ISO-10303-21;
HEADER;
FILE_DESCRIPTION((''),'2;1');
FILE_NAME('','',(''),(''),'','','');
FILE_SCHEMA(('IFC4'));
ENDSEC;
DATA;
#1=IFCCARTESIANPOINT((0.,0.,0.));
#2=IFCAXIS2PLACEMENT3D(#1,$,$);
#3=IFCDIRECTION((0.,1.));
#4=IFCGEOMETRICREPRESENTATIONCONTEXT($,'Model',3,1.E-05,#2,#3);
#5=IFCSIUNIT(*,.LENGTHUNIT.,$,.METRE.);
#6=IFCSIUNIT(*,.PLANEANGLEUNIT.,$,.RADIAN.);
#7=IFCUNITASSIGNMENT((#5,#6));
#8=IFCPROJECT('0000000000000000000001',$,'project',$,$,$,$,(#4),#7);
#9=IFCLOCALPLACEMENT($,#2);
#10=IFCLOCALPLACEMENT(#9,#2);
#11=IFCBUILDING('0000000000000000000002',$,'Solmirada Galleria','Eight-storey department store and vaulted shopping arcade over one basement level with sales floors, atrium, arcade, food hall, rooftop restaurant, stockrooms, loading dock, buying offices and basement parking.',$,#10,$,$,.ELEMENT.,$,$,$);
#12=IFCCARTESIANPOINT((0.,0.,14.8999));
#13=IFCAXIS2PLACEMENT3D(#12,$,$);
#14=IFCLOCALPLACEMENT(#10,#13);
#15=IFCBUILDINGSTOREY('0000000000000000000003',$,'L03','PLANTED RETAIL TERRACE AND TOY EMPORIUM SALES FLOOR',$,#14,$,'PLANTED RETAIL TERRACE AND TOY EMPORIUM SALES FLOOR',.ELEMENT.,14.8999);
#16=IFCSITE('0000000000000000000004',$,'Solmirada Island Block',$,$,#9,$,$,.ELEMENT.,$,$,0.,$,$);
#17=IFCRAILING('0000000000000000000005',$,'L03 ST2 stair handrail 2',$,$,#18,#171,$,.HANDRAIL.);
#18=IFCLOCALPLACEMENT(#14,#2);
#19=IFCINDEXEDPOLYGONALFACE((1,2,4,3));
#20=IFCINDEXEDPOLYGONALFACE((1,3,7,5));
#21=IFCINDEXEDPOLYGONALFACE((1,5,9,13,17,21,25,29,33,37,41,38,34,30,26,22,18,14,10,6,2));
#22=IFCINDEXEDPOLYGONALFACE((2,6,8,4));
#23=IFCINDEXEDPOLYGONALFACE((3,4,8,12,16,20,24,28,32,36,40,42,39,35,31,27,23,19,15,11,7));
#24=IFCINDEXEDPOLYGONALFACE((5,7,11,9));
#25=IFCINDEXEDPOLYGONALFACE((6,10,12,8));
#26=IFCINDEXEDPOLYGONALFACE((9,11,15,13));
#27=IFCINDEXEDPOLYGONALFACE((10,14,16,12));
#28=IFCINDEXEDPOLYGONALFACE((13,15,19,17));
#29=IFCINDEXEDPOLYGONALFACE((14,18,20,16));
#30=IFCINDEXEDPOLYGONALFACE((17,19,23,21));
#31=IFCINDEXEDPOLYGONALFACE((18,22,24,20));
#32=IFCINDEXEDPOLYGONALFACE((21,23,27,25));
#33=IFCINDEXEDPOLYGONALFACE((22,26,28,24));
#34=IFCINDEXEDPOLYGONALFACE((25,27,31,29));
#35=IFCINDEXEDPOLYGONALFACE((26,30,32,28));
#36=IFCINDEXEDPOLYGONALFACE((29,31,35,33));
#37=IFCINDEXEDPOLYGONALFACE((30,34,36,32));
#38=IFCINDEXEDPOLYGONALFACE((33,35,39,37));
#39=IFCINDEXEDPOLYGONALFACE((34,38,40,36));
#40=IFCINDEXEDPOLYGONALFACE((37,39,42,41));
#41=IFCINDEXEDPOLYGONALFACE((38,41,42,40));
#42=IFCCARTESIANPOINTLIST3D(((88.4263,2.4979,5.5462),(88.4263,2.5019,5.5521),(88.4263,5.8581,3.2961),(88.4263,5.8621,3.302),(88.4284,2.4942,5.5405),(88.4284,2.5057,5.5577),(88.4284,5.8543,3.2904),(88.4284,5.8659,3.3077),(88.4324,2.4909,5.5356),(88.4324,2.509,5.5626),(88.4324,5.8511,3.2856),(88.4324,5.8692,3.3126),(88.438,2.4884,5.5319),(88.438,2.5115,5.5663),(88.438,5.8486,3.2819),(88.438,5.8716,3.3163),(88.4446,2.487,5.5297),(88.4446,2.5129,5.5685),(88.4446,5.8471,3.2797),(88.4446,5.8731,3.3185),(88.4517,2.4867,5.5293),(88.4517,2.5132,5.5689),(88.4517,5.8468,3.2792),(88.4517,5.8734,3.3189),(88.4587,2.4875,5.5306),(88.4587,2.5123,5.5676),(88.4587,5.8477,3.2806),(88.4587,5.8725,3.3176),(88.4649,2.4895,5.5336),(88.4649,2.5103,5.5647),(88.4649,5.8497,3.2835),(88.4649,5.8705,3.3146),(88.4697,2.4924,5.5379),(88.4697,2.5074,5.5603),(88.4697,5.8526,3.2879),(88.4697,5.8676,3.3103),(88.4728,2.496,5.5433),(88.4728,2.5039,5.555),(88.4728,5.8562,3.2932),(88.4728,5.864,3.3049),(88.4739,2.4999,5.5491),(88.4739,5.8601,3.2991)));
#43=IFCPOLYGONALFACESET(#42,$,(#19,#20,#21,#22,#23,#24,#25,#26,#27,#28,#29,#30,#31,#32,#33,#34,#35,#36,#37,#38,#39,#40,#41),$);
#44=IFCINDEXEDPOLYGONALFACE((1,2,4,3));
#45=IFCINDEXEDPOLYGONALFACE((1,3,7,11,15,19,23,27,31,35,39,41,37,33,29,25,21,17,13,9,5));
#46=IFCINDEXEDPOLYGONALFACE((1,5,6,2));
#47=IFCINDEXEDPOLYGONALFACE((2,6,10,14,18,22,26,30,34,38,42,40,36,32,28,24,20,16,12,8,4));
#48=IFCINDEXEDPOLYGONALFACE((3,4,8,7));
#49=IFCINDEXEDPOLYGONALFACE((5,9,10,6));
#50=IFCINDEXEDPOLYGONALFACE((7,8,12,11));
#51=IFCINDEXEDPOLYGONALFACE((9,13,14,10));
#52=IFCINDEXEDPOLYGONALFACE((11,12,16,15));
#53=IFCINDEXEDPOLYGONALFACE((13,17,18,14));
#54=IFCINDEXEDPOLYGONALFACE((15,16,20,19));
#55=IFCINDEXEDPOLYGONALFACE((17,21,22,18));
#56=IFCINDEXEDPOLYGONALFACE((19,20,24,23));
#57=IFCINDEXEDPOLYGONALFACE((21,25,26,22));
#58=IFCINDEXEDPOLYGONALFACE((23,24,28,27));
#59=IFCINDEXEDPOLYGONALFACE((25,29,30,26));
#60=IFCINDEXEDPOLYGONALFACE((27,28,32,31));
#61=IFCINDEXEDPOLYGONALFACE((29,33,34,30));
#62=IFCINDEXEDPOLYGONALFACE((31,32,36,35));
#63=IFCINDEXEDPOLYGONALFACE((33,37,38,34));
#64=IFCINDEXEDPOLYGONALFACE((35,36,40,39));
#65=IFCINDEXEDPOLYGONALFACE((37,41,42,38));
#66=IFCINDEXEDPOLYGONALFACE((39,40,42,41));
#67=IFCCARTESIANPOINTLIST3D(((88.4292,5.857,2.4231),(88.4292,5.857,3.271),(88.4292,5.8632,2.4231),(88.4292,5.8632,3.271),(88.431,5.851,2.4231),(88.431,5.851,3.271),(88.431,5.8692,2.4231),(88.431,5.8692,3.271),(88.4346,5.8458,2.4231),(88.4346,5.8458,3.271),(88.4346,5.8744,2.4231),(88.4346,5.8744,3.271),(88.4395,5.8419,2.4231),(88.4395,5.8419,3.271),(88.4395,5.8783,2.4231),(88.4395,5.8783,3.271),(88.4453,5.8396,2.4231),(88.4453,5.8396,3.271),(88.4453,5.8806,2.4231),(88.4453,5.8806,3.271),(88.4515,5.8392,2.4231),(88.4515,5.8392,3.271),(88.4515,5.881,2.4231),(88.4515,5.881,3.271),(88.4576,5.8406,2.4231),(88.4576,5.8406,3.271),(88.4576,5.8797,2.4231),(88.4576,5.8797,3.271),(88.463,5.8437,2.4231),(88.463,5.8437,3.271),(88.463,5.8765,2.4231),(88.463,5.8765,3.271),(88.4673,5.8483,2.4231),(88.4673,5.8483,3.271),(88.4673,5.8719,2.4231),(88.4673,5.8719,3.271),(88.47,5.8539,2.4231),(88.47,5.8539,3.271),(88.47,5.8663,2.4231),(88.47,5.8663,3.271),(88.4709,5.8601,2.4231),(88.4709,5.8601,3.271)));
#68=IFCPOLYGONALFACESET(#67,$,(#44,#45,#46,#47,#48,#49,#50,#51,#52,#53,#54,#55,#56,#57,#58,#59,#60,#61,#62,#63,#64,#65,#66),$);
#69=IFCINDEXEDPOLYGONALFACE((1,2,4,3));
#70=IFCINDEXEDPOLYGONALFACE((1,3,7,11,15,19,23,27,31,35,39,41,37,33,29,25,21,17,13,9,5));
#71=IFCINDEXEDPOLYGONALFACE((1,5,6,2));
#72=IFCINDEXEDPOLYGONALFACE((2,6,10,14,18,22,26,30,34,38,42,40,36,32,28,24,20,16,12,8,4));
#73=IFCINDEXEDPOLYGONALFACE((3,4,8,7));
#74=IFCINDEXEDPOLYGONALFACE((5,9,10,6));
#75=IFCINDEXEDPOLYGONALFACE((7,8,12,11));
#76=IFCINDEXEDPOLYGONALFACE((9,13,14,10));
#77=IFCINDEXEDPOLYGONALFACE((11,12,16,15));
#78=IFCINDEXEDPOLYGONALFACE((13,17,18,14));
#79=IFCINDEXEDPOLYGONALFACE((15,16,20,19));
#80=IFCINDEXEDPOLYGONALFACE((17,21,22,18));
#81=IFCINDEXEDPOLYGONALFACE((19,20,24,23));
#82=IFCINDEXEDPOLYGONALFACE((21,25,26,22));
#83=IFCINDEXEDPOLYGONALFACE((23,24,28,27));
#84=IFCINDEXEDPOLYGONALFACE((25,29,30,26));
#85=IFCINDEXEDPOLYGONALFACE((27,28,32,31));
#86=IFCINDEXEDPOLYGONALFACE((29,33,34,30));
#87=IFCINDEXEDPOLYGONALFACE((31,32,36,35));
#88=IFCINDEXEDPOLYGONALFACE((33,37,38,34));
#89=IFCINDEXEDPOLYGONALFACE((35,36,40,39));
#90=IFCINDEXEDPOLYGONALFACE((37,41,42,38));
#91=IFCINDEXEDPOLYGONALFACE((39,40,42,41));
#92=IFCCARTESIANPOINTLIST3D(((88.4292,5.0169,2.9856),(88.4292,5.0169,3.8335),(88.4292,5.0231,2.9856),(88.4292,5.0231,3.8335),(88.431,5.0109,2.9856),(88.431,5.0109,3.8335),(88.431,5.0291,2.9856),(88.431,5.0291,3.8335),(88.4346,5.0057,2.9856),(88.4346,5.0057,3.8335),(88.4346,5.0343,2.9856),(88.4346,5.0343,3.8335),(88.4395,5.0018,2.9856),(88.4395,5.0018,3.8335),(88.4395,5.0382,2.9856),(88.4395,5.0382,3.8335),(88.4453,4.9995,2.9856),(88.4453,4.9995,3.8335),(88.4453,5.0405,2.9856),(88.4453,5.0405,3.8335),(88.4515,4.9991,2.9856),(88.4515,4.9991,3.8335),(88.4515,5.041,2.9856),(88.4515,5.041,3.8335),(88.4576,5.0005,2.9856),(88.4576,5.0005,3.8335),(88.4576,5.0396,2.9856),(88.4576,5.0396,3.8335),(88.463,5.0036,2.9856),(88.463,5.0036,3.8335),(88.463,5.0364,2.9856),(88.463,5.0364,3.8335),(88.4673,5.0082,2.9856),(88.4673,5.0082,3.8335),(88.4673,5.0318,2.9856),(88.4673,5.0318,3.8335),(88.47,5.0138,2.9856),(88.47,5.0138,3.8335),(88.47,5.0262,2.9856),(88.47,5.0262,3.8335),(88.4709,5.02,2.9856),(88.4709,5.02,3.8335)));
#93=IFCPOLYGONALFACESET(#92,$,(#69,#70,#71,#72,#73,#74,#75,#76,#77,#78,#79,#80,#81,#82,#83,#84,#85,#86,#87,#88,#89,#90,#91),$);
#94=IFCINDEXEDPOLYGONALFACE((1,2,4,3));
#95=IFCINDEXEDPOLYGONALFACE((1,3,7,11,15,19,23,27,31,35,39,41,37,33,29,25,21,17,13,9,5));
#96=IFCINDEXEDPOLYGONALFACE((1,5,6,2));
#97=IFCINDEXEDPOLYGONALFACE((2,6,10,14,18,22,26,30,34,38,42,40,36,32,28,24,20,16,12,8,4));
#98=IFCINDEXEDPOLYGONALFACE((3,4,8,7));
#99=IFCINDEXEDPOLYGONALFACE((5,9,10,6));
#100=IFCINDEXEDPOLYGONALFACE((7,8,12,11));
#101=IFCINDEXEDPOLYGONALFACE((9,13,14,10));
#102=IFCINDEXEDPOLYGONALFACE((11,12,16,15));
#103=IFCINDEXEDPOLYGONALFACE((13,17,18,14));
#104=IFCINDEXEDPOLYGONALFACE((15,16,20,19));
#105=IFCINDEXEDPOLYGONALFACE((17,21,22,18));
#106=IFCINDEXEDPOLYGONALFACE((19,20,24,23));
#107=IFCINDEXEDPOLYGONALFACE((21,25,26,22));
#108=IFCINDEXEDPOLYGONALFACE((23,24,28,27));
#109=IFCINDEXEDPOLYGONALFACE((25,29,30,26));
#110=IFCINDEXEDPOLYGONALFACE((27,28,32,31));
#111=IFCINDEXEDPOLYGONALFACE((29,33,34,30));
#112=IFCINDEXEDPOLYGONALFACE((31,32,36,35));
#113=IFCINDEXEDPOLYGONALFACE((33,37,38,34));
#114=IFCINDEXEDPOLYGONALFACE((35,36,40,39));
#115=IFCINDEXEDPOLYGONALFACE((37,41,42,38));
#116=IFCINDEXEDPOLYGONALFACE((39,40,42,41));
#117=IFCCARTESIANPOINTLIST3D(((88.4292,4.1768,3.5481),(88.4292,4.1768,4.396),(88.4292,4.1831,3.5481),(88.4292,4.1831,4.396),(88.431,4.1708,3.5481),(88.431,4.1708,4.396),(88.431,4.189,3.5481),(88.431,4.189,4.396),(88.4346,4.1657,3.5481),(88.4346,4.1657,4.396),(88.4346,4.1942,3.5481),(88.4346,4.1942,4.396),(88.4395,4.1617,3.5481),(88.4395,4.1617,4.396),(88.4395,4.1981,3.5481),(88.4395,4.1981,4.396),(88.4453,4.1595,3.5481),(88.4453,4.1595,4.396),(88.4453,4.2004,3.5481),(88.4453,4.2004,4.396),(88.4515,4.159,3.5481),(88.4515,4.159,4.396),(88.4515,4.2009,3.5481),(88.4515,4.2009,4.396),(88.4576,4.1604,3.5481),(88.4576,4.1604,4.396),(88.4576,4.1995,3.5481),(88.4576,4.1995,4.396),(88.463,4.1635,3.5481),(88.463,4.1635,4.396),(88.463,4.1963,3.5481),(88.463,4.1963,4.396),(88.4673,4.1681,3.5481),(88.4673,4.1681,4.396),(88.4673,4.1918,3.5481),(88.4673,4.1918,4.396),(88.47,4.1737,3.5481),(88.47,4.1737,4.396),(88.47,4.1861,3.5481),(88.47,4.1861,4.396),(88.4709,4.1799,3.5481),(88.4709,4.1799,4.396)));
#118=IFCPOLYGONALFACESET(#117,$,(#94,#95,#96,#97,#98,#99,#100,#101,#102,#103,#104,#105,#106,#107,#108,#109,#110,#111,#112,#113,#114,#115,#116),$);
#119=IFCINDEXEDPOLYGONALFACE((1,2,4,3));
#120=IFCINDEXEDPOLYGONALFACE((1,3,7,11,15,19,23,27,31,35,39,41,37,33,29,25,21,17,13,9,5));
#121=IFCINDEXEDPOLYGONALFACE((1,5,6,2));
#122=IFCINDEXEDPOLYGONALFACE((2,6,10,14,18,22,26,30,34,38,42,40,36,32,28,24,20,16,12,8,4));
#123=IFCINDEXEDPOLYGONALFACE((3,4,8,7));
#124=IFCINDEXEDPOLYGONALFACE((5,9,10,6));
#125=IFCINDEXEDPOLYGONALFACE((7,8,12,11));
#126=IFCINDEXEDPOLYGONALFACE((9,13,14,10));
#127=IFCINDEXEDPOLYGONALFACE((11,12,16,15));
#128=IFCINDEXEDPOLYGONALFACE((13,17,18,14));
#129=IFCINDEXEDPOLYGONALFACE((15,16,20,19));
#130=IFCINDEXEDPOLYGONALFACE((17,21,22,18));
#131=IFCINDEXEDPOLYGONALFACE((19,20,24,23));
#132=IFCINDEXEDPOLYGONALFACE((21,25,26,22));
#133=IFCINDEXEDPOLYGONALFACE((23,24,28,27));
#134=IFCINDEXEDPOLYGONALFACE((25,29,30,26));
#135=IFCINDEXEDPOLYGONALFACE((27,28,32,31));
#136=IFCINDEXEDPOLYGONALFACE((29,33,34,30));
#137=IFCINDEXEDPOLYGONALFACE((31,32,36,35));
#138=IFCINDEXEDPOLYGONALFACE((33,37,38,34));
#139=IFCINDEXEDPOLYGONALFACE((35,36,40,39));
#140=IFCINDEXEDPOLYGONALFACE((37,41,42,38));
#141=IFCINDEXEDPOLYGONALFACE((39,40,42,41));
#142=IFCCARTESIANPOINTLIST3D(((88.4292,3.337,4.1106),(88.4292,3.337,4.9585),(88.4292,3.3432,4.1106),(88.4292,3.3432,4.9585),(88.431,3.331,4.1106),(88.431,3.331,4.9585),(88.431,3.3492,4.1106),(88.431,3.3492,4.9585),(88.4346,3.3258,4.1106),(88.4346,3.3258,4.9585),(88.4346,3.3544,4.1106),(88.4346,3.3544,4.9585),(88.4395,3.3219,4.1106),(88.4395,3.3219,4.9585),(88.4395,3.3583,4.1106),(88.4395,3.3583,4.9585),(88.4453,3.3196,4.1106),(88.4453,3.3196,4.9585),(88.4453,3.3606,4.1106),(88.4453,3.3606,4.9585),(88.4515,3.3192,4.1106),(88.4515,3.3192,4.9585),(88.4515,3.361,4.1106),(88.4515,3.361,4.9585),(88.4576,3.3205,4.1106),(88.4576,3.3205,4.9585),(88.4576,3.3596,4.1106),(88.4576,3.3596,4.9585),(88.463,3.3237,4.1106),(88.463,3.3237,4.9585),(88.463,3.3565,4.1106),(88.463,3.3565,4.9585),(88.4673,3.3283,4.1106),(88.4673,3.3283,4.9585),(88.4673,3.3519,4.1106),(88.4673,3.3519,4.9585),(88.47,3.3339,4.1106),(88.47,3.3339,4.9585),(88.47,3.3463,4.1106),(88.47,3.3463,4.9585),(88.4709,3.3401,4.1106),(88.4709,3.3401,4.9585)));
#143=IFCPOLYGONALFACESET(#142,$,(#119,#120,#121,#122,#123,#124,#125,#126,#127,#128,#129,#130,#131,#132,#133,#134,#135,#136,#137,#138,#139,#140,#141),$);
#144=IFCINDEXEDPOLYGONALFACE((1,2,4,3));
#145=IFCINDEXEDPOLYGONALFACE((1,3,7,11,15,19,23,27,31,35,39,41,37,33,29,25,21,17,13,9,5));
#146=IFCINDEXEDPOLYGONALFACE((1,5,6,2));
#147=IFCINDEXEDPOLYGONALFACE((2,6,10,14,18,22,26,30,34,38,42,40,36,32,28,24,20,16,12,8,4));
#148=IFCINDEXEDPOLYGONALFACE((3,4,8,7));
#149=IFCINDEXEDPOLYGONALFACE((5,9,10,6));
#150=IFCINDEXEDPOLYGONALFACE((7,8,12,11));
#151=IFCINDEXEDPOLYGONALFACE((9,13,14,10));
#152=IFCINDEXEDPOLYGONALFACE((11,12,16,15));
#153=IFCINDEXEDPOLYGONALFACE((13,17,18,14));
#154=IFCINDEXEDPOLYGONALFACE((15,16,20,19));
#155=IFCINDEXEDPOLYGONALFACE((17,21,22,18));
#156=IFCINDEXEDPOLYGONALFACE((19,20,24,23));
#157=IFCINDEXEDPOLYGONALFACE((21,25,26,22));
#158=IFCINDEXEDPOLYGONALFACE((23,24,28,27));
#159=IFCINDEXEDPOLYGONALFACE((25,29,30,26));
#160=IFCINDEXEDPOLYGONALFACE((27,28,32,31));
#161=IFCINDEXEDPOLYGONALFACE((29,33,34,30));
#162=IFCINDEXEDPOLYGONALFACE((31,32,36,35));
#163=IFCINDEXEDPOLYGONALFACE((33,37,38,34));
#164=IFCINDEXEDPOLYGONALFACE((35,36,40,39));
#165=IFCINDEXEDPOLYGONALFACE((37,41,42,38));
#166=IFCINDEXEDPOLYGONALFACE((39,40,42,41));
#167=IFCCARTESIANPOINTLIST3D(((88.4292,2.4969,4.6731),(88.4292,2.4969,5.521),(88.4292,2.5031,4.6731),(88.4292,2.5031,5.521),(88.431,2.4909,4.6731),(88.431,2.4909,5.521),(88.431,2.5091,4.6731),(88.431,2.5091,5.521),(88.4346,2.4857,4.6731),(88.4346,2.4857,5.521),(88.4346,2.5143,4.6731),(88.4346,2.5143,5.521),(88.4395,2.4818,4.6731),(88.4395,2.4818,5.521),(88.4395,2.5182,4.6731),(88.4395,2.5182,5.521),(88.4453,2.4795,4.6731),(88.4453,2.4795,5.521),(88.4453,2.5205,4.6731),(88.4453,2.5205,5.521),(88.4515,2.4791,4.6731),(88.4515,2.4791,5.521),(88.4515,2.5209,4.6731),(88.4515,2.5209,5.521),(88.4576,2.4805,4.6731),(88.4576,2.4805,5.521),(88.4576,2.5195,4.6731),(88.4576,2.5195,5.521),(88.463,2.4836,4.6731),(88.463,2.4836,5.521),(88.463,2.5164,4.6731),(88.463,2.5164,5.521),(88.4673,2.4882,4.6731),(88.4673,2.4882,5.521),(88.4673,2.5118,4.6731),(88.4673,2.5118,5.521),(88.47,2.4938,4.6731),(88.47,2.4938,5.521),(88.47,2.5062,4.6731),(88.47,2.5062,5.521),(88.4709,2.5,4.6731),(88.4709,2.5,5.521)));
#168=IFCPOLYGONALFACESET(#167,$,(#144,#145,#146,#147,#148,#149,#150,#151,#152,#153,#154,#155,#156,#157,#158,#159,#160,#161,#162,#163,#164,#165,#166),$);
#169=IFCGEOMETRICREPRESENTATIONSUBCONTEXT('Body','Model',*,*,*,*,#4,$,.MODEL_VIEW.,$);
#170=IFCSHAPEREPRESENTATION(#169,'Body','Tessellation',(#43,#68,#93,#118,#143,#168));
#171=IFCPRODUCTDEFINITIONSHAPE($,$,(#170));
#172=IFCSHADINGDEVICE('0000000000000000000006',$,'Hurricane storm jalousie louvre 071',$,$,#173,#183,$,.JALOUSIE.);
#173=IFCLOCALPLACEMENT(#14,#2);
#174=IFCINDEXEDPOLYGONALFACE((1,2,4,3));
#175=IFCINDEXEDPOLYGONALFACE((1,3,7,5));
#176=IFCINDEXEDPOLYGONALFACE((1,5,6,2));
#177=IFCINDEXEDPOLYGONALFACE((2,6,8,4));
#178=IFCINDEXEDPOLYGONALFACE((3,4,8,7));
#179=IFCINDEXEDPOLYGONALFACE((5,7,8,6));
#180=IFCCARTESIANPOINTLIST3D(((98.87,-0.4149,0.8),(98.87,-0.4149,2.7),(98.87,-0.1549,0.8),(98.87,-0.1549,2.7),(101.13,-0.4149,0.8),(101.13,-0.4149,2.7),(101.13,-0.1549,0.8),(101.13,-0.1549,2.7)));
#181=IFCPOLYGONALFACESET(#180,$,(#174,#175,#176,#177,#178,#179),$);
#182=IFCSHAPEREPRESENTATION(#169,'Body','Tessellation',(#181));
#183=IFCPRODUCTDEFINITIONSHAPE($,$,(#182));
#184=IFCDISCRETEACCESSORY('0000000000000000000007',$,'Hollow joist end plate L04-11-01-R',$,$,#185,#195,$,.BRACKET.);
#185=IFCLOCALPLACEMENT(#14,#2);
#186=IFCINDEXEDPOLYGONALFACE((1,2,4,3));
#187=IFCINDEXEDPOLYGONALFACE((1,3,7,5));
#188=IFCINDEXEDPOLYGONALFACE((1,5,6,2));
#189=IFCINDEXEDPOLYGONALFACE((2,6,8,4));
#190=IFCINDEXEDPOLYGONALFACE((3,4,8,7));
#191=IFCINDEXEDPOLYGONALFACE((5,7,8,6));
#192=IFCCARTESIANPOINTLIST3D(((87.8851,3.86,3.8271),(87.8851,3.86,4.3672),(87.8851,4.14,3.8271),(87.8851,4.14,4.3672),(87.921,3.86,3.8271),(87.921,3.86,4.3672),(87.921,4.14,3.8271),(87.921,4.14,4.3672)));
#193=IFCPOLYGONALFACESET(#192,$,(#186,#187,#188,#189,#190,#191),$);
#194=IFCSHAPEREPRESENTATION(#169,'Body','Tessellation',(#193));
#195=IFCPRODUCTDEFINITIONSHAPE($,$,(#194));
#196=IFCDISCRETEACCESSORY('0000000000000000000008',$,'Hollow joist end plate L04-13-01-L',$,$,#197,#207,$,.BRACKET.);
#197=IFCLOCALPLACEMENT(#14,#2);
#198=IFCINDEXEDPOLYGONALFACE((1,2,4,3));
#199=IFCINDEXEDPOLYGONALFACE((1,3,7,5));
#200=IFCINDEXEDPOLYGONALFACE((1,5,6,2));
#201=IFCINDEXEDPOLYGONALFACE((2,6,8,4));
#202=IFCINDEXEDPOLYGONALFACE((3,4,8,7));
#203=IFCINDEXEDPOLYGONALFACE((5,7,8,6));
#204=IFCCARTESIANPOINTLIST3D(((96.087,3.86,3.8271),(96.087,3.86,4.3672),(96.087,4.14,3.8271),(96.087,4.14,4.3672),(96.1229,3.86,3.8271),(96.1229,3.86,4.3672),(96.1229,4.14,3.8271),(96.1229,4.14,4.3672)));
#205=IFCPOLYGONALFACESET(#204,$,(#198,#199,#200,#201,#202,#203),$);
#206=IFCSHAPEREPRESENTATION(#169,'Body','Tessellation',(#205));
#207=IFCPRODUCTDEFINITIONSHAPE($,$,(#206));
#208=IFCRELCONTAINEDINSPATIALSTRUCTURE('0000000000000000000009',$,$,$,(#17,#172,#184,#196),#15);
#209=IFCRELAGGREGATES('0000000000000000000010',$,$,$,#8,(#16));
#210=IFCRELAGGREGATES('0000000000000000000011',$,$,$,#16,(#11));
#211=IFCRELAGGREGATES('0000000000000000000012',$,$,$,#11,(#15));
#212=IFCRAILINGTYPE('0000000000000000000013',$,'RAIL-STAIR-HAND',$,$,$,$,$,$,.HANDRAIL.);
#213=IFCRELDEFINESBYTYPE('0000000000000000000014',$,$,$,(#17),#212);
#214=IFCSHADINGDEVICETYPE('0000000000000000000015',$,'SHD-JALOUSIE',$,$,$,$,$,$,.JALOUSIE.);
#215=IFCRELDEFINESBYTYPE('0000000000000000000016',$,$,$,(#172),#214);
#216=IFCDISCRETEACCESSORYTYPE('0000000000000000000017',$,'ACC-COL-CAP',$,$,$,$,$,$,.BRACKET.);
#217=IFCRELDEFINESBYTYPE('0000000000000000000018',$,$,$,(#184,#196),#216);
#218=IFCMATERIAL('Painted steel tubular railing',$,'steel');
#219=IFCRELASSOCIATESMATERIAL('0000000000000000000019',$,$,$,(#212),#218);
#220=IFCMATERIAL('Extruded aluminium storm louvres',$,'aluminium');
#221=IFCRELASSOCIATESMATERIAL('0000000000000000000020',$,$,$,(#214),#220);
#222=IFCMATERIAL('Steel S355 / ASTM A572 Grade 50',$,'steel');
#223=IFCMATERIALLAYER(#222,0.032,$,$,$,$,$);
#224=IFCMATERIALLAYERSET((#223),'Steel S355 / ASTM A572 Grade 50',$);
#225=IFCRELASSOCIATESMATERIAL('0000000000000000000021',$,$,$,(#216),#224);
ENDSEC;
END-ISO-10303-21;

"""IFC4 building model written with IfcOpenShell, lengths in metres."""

from ifc_helpers import new_model, si_unit, direction, frame, origin, origin_2d, place, context, subcontext, project, spatial, rectangle, circle, extrude, material, layer, layer_set, type_object, element, save


model = new_model("IFC4")

# Units and contexts
model_context = context("Model", 3, precision=1e-05, world=origin(), true_north=direction((0.0, 1.0)))
body_context = subcontext(model_context, "Body", "Model", "MODEL_VIEW")
ifc_project = project(units=[si_unit("LENGTHUNIT", "METRE"), si_unit("PLANEANGLEUNIT", "RADIAN")], contexts=[model_context])

# Site, building, storey
site_placement = place(None, origin())
site = spatial("IfcSite", under=ifc_project, at=site_placement, Name="Solmirada Island Block", CompositionType="ELEMENT", RefElevation=0.0)
building_placement = place(site_placement, origin())
building = spatial("IfcBuilding", under=site, at=building_placement, Name="Solmirada Galleria", Description="Eight-storey department store and vaulted shopping arcade over one basement level with sales floors, atrium, arcade, food hall, rooftop restaurant, stockrooms, loading dock, buying offices and basement parking.", CompositionType="ELEMENT")
storey_placement = place(building_placement, frame((0.0, 0.0, 14.8999)))
storey = spatial("IfcBuildingStorey", under=building, at=storey_placement, Name="L03", Description="PLANTED RETAIL TERRACE AND TOY EMPORIUM SALES FLOOR", LongName="PLANTED RETAIL TERRACE AND TOY EMPORIUM SALES FLOOR", CompositionType="ELEMENT", Elevation=14.8999)

# Railing
ifc_material_1 = material(Name="Painted steel tubular railing", Category="steel")
railing_type_1 = type_object("IfcRailingType", Name="RAIL-STAIR-HAND", PredefinedType="HANDRAIL", material=ifc_material_1)
railing_1_placement = place(storey_placement, frame((88.45, 5.8601, 2.4231)))
element("IfcRailing", 1, at=railing_1_placement, inside=storey, type_object=railing_type_1, Name="L03 ST2 stair handrail 2", PredefinedType="HANDRAIL", context=body_context, shape_type="SweptSolid", body=[
    extrude(circle(Radius=0.0239, at=origin_2d()), frame((0.0, 0.0, 0.876), z_axis=(0.0, -0.830915, 0.556399), x_axis=(1.0, 0.0, 0.0)), (0.0, 0.0, 1.0), 4.0439),
    extrude(circle(Radius=0.021, at=origin_2d()), origin(), (0.0, 0.0, 1.0), 0.8479),
    extrude(circle(Radius=0.021, at=origin_2d()), frame((0.0, -0.8401, 0.5625)), (0.0, 0.0, 1.0), 0.8479),
    extrude(circle(Radius=0.021, at=origin_2d()), frame((0.0, -1.6802, 1.125)), (0.0, 0.0, 1.0), 0.8479),
    extrude(circle(Radius=0.021, at=origin_2d()), frame((0.0, -2.52, 1.6875)), (0.0, 0.0, 1.0), 0.8479),
    extrude(circle(Radius=0.021, at=origin_2d()), frame((0.0, -3.3601, 2.25)), (0.0, 0.0, 1.0), 0.8479),
])

# Shading device
ifc_material_2 = material(Name="Extruded aluminium storm louvres", Category="aluminium")
shading_device_type = type_object("IfcShadingDeviceType", Name="SHD-JALOUSIE", PredefinedType="JALOUSIE", material=ifc_material_2)
shading_device_placement = place(storey_placement, frame((100.0, -0.2849, 0.8), z_axis=(0.0, 0.0, 1.0), x_axis=(-1.0, 0.0, 0.0)))
element("IfcShadingDevice", 2, at=shading_device_placement, inside=storey, type_object=shading_device_type, Name="Hurricane storm jalousie louvre 071", PredefinedType="JALOUSIE", context=body_context, shape_type="SweptSolid", body=[
    extrude(rectangle(XDim=2.26, YDim=0.26, at=origin_2d()), origin(), (0.0, 0.0, 1.0), 1.8999),
])

# Discrete accessories
ifc_material_3 = material(Name="Steel S355 / ASTM A572 Grade 50", Category="steel")
ifc_layer_1 = layer(ifc_material_3, 0.032)
ifc_layer_set_1 = layer_set([ifc_layer_1], Name="Steel S355 / ASTM A572 Grade 50")
discrete_accessory_type = type_object("IfcDiscreteAccessoryType", Name="ACC-COL-CAP", PredefinedType="BRACKET", material=ifc_layer_set_1)
for number, where, z_axis, x_axis, name in (
    (3, (87.9031, 4.0, 3.8271), (0.0, 0.0, 1.0), (1.0, 0.0, 0.0), "Hollow joist end plate L04-11-01-R"),
    (4, (96.105, 4.0, 3.8271), (0.0, 0.0, 1.0), (1.0, 0.0, 0.0), "Hollow joist end plate L04-13-01-L"),
):
    element("IfcDiscreteAccessory", number, at=place(storey_placement, frame(where, z_axis=z_axis, x_axis=x_axis)), inside=storey, type_object=discrete_accessory_type, Name=name, PredefinedType="BRACKET", context=body_context, shape_type="SweptSolid", body=[
        extrude(rectangle(XDim=0.0359, YDim=0.28, at=origin_2d()), origin(), (0.0, 0.0, 1.0), 0.54),
    ])

save(model, "model.ifc")
